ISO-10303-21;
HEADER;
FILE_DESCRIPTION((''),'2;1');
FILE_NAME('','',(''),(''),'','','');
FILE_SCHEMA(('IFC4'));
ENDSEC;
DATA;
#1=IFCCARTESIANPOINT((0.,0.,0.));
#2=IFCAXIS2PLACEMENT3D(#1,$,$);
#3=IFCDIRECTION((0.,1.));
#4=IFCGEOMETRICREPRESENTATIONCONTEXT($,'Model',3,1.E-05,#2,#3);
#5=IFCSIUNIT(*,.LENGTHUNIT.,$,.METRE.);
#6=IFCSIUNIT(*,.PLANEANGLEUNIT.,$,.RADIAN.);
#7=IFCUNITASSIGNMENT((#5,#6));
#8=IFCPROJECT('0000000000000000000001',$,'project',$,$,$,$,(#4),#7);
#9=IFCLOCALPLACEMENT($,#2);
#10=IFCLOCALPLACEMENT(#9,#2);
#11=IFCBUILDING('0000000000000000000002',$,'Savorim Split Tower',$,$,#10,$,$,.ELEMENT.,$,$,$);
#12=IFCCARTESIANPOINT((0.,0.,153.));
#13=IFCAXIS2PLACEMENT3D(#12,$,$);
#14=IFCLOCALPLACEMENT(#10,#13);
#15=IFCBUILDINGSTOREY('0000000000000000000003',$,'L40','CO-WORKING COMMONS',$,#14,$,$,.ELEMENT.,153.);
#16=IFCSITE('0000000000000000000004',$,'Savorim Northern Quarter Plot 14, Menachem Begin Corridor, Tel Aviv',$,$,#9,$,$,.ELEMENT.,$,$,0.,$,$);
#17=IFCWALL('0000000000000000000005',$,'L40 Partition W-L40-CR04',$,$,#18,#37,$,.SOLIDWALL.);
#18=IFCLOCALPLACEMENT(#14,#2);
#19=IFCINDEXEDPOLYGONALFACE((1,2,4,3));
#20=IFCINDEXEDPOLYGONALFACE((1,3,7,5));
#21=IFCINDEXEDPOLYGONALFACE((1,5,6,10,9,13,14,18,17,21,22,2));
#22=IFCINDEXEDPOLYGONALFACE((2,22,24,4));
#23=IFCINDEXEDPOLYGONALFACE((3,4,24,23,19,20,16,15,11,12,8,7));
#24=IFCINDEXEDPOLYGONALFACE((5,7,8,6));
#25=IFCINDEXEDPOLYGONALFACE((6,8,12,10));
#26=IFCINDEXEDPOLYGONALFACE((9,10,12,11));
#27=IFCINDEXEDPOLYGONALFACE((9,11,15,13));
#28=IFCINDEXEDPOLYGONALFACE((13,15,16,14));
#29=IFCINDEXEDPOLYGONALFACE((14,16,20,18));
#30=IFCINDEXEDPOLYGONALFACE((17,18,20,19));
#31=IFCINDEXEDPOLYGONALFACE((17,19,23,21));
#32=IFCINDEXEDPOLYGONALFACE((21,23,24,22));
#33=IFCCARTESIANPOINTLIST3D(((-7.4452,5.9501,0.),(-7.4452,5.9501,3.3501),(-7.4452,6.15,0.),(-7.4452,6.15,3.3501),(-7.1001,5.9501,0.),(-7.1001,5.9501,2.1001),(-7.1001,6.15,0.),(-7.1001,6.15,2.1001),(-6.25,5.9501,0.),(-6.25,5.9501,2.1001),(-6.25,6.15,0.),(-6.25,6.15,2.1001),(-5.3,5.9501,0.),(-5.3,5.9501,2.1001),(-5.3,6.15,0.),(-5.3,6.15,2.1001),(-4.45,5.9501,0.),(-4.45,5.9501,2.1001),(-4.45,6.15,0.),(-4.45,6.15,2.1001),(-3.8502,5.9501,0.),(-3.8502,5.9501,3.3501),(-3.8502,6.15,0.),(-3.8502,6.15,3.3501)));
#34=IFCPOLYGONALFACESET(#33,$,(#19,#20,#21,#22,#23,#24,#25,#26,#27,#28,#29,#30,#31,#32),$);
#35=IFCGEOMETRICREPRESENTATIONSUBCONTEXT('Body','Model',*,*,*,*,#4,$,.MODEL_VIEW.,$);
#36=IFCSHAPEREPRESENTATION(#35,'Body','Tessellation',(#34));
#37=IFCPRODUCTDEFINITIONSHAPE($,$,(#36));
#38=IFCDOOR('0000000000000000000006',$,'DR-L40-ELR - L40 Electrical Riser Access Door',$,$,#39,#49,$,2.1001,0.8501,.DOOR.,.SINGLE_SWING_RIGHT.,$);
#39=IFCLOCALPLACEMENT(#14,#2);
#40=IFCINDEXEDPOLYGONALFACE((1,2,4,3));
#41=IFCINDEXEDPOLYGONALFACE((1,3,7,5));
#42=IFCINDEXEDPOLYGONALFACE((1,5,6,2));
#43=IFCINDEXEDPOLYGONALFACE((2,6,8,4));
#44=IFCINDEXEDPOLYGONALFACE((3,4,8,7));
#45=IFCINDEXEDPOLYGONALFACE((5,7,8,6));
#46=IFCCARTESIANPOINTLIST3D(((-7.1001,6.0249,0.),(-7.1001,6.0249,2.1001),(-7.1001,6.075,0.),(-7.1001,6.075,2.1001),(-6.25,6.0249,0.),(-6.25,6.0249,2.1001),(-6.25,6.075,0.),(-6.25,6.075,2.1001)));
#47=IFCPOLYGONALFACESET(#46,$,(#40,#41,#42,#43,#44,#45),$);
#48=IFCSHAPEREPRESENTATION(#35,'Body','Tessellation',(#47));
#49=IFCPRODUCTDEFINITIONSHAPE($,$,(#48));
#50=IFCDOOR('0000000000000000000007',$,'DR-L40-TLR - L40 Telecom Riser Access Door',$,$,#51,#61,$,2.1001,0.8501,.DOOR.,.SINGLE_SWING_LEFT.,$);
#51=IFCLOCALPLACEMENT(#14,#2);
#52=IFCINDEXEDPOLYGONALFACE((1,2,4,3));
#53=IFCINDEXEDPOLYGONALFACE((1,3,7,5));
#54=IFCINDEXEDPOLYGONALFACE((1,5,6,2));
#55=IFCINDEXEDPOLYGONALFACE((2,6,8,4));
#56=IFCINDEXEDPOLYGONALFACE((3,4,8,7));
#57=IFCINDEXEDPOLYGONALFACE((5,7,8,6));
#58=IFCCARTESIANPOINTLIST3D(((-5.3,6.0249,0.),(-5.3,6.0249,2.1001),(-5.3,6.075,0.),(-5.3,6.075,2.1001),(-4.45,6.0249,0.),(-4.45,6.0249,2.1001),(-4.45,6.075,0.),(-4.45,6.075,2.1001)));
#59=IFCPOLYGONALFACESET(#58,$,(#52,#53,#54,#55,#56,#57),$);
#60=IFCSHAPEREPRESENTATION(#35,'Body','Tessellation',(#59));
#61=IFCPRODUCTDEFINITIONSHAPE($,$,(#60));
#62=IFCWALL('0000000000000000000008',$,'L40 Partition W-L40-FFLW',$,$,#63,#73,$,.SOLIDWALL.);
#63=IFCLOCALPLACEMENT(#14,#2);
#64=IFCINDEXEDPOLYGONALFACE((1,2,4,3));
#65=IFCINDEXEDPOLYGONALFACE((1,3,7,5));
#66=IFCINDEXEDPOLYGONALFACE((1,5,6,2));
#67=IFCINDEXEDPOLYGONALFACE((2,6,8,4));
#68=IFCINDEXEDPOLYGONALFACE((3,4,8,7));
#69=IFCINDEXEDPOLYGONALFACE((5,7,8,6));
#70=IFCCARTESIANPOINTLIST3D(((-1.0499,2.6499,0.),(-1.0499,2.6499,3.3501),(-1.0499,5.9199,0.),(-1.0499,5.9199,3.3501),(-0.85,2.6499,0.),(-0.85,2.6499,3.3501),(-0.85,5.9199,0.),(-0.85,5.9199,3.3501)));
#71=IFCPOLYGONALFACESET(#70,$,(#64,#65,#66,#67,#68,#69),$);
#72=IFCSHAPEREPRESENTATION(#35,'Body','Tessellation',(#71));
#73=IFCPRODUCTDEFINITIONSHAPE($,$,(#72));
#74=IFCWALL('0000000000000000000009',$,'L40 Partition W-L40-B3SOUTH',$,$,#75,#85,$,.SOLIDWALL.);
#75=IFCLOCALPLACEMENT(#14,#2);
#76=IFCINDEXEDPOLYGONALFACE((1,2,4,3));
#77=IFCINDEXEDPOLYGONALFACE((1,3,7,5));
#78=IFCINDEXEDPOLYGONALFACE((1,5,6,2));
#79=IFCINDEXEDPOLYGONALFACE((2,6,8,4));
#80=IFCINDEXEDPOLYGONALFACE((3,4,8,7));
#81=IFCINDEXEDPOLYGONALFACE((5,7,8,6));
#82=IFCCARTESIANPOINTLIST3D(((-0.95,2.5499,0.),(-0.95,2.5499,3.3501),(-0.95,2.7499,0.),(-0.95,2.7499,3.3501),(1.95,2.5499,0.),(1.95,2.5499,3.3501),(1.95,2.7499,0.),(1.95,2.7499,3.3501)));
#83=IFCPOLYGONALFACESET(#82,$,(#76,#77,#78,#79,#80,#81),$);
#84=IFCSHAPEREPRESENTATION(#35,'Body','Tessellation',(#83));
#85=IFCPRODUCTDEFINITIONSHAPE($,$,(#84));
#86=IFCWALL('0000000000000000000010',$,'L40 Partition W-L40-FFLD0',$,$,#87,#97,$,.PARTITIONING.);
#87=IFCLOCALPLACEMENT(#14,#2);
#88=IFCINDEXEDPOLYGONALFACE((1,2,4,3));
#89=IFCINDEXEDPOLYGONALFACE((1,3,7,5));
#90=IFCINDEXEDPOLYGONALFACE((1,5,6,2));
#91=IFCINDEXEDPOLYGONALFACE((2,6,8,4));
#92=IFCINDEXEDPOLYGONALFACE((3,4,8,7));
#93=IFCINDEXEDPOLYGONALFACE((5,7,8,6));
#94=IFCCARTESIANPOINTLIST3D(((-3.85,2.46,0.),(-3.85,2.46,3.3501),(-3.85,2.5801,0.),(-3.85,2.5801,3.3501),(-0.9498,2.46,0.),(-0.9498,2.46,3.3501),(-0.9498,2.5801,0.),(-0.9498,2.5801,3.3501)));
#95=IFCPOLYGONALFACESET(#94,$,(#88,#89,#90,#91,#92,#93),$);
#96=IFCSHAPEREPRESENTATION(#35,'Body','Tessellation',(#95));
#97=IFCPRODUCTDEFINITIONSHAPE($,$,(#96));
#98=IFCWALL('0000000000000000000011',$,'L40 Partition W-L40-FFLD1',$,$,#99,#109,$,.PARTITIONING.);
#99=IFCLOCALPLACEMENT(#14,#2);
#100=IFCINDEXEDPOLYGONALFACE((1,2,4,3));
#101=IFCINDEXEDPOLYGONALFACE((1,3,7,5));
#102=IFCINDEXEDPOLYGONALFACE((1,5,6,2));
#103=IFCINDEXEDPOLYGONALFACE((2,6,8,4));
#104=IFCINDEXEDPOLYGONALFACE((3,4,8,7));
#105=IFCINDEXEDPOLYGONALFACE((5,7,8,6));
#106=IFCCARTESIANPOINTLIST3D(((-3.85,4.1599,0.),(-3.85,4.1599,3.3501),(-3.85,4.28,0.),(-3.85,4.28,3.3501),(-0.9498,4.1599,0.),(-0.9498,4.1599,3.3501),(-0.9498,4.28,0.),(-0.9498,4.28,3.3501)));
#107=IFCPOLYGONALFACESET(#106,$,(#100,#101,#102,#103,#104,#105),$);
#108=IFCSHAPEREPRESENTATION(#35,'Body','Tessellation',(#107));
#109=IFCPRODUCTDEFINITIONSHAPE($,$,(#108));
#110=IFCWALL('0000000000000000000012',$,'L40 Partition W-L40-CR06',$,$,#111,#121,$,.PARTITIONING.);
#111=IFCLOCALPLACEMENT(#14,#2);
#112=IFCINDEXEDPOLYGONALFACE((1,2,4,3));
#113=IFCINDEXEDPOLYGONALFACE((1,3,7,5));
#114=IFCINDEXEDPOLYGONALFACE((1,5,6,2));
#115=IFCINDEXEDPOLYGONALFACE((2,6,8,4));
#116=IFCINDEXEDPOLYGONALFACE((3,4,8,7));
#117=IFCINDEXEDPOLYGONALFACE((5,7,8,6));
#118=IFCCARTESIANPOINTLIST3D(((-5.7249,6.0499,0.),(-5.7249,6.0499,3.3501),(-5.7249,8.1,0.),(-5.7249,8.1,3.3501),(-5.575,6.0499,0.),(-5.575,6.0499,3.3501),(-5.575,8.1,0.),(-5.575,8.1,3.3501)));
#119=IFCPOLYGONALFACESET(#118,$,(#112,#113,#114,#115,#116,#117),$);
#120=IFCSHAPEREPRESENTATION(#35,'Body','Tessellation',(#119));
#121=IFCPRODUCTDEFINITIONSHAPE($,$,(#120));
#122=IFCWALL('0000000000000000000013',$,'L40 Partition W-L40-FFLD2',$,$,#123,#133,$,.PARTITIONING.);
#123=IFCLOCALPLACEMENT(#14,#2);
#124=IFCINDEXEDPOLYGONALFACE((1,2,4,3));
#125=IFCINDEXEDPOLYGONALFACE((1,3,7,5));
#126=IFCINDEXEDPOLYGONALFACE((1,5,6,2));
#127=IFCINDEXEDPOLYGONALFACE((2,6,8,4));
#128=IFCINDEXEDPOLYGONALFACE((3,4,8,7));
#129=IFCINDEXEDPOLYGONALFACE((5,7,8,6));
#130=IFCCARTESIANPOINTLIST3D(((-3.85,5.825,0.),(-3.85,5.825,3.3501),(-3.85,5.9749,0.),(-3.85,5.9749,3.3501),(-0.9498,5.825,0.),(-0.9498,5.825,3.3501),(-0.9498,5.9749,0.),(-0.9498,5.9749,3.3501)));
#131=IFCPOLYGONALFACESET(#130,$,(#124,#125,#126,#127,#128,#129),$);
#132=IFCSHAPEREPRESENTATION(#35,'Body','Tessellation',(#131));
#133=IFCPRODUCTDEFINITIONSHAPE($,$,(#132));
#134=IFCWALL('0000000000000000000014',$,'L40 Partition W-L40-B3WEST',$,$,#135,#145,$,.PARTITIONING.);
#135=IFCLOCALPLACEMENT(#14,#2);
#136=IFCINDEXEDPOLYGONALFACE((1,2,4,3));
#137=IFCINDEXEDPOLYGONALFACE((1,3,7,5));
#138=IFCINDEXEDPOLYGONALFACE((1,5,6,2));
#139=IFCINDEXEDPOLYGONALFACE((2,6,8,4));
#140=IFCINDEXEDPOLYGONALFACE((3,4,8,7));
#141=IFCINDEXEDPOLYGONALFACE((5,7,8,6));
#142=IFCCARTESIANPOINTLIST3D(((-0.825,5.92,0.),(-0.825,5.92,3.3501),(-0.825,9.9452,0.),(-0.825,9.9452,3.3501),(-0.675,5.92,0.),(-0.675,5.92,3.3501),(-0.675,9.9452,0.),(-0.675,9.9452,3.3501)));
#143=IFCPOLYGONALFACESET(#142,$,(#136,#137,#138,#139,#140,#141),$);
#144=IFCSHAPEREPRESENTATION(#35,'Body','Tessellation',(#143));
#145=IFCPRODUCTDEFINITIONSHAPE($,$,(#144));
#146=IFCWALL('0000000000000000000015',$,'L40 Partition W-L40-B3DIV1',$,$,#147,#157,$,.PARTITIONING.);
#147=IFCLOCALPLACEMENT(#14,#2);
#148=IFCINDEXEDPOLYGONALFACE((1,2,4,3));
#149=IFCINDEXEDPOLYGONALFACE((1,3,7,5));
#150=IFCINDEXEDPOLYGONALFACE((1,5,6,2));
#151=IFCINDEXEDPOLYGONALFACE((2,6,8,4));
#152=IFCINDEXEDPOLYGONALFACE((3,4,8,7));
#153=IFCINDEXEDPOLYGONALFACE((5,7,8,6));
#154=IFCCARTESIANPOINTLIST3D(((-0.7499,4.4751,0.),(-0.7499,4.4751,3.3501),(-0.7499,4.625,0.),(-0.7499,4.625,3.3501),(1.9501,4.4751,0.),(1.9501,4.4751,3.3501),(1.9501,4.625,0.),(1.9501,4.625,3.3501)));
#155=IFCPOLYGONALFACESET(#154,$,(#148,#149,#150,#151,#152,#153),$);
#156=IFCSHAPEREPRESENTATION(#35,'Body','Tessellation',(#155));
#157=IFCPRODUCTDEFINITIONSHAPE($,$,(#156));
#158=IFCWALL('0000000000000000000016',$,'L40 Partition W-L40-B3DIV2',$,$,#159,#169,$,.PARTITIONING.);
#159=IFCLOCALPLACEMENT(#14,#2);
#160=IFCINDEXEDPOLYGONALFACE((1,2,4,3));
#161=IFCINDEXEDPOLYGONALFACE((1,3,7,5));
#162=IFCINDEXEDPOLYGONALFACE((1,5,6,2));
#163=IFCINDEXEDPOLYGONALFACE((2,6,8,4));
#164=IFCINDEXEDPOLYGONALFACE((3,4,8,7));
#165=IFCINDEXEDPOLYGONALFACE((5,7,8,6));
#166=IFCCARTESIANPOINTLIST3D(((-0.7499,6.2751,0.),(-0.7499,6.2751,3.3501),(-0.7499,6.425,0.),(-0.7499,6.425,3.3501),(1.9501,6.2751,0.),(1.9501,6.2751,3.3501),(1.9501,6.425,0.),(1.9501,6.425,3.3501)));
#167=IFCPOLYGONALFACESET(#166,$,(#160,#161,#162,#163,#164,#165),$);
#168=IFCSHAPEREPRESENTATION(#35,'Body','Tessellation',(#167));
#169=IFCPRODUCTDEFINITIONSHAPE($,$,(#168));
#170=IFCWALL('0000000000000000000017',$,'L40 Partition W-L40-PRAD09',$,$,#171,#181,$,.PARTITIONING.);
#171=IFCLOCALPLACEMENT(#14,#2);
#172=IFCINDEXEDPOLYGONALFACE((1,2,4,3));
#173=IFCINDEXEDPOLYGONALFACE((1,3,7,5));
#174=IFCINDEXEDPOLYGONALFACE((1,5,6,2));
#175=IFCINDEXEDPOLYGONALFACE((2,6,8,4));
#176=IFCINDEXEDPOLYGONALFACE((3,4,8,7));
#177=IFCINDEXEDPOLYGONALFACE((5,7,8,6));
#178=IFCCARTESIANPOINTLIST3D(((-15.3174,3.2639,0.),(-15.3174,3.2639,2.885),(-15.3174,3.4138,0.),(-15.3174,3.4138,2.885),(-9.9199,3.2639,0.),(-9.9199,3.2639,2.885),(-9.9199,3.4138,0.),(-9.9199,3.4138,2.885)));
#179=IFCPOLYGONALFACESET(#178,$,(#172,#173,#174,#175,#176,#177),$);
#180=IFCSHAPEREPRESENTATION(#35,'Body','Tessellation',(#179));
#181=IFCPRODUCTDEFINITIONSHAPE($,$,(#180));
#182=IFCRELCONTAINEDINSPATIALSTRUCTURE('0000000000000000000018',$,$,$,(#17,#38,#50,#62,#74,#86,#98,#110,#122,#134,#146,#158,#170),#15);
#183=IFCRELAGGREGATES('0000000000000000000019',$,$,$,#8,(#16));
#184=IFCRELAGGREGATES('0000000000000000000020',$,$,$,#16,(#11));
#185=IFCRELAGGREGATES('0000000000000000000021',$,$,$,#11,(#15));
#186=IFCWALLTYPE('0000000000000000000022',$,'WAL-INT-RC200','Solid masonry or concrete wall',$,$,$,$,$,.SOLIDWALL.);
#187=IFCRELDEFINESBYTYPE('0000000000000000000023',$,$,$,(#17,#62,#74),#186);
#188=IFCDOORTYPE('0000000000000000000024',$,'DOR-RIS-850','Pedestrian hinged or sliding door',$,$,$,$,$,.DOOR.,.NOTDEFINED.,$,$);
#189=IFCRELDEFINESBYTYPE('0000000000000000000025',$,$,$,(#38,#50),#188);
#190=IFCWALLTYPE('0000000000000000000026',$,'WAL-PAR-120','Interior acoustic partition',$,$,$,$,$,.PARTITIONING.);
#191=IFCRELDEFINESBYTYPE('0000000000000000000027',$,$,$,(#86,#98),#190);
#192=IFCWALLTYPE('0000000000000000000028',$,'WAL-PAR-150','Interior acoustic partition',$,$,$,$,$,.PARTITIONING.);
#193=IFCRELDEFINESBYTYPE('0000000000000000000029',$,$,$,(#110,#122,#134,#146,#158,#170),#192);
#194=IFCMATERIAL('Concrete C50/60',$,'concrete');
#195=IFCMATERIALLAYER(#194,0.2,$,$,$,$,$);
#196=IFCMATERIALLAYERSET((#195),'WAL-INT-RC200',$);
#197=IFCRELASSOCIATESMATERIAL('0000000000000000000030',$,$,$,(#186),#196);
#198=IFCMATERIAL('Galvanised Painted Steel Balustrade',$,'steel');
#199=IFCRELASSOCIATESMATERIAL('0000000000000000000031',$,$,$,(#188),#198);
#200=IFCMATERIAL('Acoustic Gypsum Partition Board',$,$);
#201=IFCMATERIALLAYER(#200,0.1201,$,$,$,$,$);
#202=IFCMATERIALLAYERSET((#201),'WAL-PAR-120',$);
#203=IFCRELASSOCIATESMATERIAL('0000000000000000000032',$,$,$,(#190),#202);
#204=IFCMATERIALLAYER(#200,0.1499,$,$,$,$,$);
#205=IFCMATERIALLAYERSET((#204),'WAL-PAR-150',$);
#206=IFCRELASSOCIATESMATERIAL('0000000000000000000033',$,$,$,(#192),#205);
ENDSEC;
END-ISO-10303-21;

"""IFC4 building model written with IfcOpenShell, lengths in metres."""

from ifc_helpers import new_model, si_unit, direction, frame, frame_2d, origin, place, context, subcontext, project, spatial, rectangle, extrude, material, layer, layer_set, type_object, element, fill, save


model = new_model("IFC4")

# Units and contexts
model_context = context("Model", 3, precision=1e-05, world=origin(), true_north=direction((0.0, 1.0)))
body_context = subcontext(model_context, "Body", "Model", "MODEL_VIEW")
ifc_project = project(units=[si_unit("LENGTHUNIT", "METRE"), si_unit("PLANEANGLEUNIT", "RADIAN")], contexts=[model_context])

# Site, building, storey
site_placement = place(None, origin())
site = spatial("IfcSite", under=ifc_project, at=site_placement, Name="Savorim Northern Quarter Plot 14, Menachem Begin Corridor, Tel Aviv", CompositionType="ELEMENT", RefElevation=0.0)
building_placement = place(site_placement, origin())
building = spatial("IfcBuilding", under=site, at=building_placement, Name="Savorim Split Tower", CompositionType="ELEMENT")
storey_placement = place(building_placement, frame((0.0, 0.0, 153.0)))
storey = spatial("IfcBuildingStorey", under=building, at=storey_placement, Name="L40", Description="CO-WORKING COMMONS", CompositionType="ELEMENT", Elevation=153.0)

# Wall, openings, doors
ifc_material_1 = material(Name="Concrete C50/60", Category="concrete")
ifc_layer_1 = layer(ifc_material_1, 0.2)
ifc_layer_set_1 = layer_set([ifc_layer_1], Name="WAL-INT-RC200")
wall_type_1 = type_object("IfcWallType", Name="WAL-INT-RC200", Description="Solid masonry or concrete wall", PredefinedType="SOLIDWALL", material=ifc_layer_set_1)
wall_1_placement = place(storey_placement, frame((-7.4451, 6.05, 0.0), z_axis=(0.0, 0.0, 1.0), x_axis=(1.0, 0.0, 0.0)))
wall_1 = element("IfcWall", 1, at=wall_1_placement, inside=storey, type_object=wall_type_1, Name="L40 Partition W-L40-CR04", PredefinedType="SOLIDWALL", context=body_context, shape_type="SweptSolid", body=[
    extrude(rectangle(XDim=3.595, YDim=0.2, at=frame_2d((1.7974, 0.0))), origin(), (0.0, 0.0, 1.0), 3.3501),
])
opening_1_placement = place(wall_1_placement, frame((0.345, 0.0, 0.0)))
opening_1 = element("IfcOpeningElement", 2, at=opening_1_placement, cuts=wall_1, PredefinedType="OPENING", context=body_context, shape_type="SweptSolid", body=[
    extrude(rectangle(XDim=0.8501, YDim=2.1001, at=frame_2d((0.425, 1.05))), frame((0.0, 0.1099, 0.0), z_axis=(0.0, -1.0, 0.0), x_axis=(1.0, 0.0, 0.0)), (0.0, 0.0, 1.0), 0.22),
])
opening_2_placement = place(wall_1_placement, frame((2.145, 0.0, 0.0)))
opening_2 = element("IfcOpeningElement", 3, at=opening_2_placement, cuts=wall_1, PredefinedType="OPENING", context=body_context, shape_type="SweptSolid", body=[
    extrude(rectangle(XDim=0.8501, YDim=2.1001, at=frame_2d((0.425, 1.05))), frame((0.0, 0.1099, 0.0), z_axis=(0.0, -1.0, 0.0), x_axis=(1.0, 0.0, 0.0)), (0.0, 0.0, 1.0), 0.22),
])
ifc_material_2 = material(Name="Galvanised Painted Steel Balustrade", Category="steel")
door_type = type_object("IfcDoorType", Name="DOR-RIS-850", Description="Pedestrian hinged or sliding door", OperationType="NOTDEFINED", PredefinedType="DOOR", material=ifc_material_2)
door_1_placement = place(opening_1_placement, origin())
door_1 = element("IfcDoor", 4, at=door_1_placement, inside=storey, type_object=door_type, Name="DR-L40-ELR - L40 Electrical Riser Access Door", OperationType="SINGLE_SWING_RIGHT", OverallHeight=2.1001, OverallWidth=0.8501, PredefinedType="DOOR", context=body_context, shape_type="SweptSolid", body=[
    extrude(rectangle(XDim=0.8501, YDim=2.1001, at=frame_2d((0.425, 1.05))), frame((0.0, 0.0249, 0.0), z_axis=(0.0, -1.0, 0.0), x_axis=(1.0, 0.0, 0.0)), (0.0, 0.0, 1.0), 0.05),
])
fill(opening_1, door_1)
door_2_placement = place(opening_2_placement, origin())
door_2 = element("IfcDoor", 5, at=door_2_placement, inside=storey, type_object=door_type, Name="DR-L40-TLR - L40 Telecom Riser Access Door", OperationType="SINGLE_SWING_LEFT", OverallHeight=2.1001, OverallWidth=0.8501, PredefinedType="DOOR", context=body_context, shape_type="SweptSolid", body=[
    extrude(rectangle(XDim=0.8501, YDim=2.1001, at=frame_2d((0.425, 1.05))), frame((0.0, 0.0249, 0.0), z_axis=(0.0, -1.0, 0.0), x_axis=(1.0, 0.0, 0.0)), (0.0, 0.0, 1.0), 0.05),
])
fill(opening_2, door_2)

# Walls
wall_2_placement = place(storey_placement, frame((-0.95, 2.6499, 0.0), z_axis=(0.0, 0.0, 1.0), x_axis=(0.0, 1.0, 0.0)))
element("IfcWall", 6, at=wall_2_placement, inside=storey, type_object=wall_type_1, Name="L40 Partition W-L40-FFLW", PredefinedType="SOLIDWALL", context=body_context, shape_type="SweptSolid", body=[
    extrude(rectangle(XDim=3.27, YDim=0.2, at=frame_2d((1.635, 0.0))), origin(), (0.0, 0.0, 1.0), 3.3501),
])
wall_3_placement = place(storey_placement, frame((-0.95, 2.6499, 0.0), z_axis=(0.0, 0.0, 1.0), x_axis=(1.0, 0.0, 0.0)))
element("IfcWall", 7, at=wall_3_placement, inside=storey, type_object=wall_type_1, Name="L40 Partition W-L40-B3SOUTH", PredefinedType="SOLIDWALL", context=body_context, shape_type="SweptSolid", body=[
    extrude(rectangle(XDim=2.8999, YDim=0.2, at=frame_2d((1.45, 0.0))), origin(), (0.0, 0.0, 1.0), 3.3501),
])
ifc_material_3 = material(Name="Acoustic Gypsum Partition Board")
ifc_layer_2 = layer(ifc_material_3, 0.1201)
ifc_layer_set_2 = layer_set([ifc_layer_2], Name="WAL-PAR-120")
wall_type_2 = type_object("IfcWallType", Name="WAL-PAR-120", Description="Interior acoustic partition", PredefinedType="PARTITIONING", material=ifc_layer_set_2)
for number, where, z_axis, x_axis, name in (
    (8, (-3.8501, 2.52, 0.0), (0.0, 0.0, 1.0), (1.0, 0.0, 0.0), "L40 Partition W-L40-FFLD0"),
    (9, (-3.8501, 4.22, 0.0), (0.0, 0.0, 1.0), (1.0, 0.0, 0.0), "L40 Partition W-L40-FFLD1"),
):
    element("IfcWall", number, at=place(storey_placement, frame(where, z_axis=z_axis, x_axis=x_axis)), inside=storey, type_object=wall_type_2, Name=name, PredefinedType="PARTITIONING", context=body_context, shape_type="SweptSolid", body=[
        extrude(rectangle(XDim=2.9001, YDim=0.1201, at=frame_2d((1.4502, 0.0))), origin(), (0.0, 0.0, 1.0), 3.3501),
    ])
ifc_layer_3 = layer(ifc_material_3, 0.1499)
ifc_layer_set_3 = layer_set([ifc_layer_3], Name="WAL-PAR-150")
wall_type_3 = type_object("IfcWallType", Name="WAL-PAR-150", Description="Interior acoustic partition", PredefinedType="PARTITIONING", material=ifc_layer_set_3)
wall_4_placement = place(storey_placement, frame((-5.6499, 6.05, 0.0), z_axis=(0.0, 0.0, 1.0), x_axis=(0.0, 1.0, 0.0)))
element("IfcWall", 10, at=wall_4_placement, inside=storey, type_object=wall_type_3, Name="L40 Partition W-L40-CR06", PredefinedType="PARTITIONING", context=body_context, shape_type="SweptSolid", body=[
    extrude(rectangle(XDim=2.05, YDim=0.1499, at=frame_2d((1.0249, 0.0))), origin(), (0.0, 0.0, 1.0), 3.3501),
])
wall_5_placement = place(storey_placement, frame((-3.8501, 5.8999, 0.0), z_axis=(0.0, 0.0, 1.0), x_axis=(1.0, 0.0, 0.0)))
element("IfcWall", 11, at=wall_5_placement, inside=storey, type_object=wall_type_3, Name="L40 Partition W-L40-FFLD2", PredefinedType="PARTITIONING", context=body_context, shape_type="SweptSolid", body=[
    extrude(rectangle(XDim=2.9001, YDim=0.1499, at=frame_2d((1.4502, 0.0))), origin(), (0.0, 0.0, 1.0), 3.3501),
])
wall_6_placement = place(storey_placement, frame((-0.75, 5.9199, 0.0), z_axis=(0.0, 0.0, 1.0), x_axis=(0.0, 1.0, 0.0)))
element("IfcWall", 12, at=wall_6_placement, inside=storey, type_object=wall_type_3, Name="L40 Partition W-L40-B3WEST", PredefinedType="PARTITIONING", context=body_context, shape_type="SweptSolid", body=[
    extrude(rectangle(XDim=4.0251, YDim=0.1499, at=frame_2d((2.0127, 0.0))), origin(), (0.0, 0.0, 1.0), 3.3501),
])
for number, where, z_axis, x_axis, name in (
    (13, (-0.75, 4.55, 0.0), (0.0, 0.0, 1.0), (1.0, 0.0, 0.0), "L40 Partition W-L40-B3DIV1"),
    (14, (-0.75, 6.3501, 0.0), (0.0, 0.0, 1.0), (1.0, 0.0, 0.0), "L40 Partition W-L40-B3DIV2"),
):
    element("IfcWall", number, at=place(storey_placement, frame(where, z_axis=z_axis, x_axis=x_axis)), inside=storey, type_object=wall_type_3, Name=name, PredefinedType="PARTITIONING", context=body_context, shape_type="SweptSolid", body=[
        extrude(rectangle(XDim=2.7, YDim=0.1499, at=frame_2d((1.3501, 0.0))), origin(), (0.0, 0.0, 1.0), 3.3501),
    ])
wall_7_placement = place(storey_placement, frame((-9.9199, 3.3389, 0.0), z_axis=(0.0, 0.0, 1.0), x_axis=(-1.0, 0.0, 0.0)))
element("IfcWall", 15, at=wall_7_placement, inside=storey, type_object=wall_type_3, Name="L40 Partition W-L40-PRAD09", PredefinedType="PARTITIONING", context=body_context, shape_type="SweptSolid", body=[
    extrude(rectangle(XDim=5.3975, YDim=0.1499, at=frame_2d((2.6987, 0.0))), origin(), (0.0, 0.0, 1.0), 2.885),
])

save(model, "model.ifc")
